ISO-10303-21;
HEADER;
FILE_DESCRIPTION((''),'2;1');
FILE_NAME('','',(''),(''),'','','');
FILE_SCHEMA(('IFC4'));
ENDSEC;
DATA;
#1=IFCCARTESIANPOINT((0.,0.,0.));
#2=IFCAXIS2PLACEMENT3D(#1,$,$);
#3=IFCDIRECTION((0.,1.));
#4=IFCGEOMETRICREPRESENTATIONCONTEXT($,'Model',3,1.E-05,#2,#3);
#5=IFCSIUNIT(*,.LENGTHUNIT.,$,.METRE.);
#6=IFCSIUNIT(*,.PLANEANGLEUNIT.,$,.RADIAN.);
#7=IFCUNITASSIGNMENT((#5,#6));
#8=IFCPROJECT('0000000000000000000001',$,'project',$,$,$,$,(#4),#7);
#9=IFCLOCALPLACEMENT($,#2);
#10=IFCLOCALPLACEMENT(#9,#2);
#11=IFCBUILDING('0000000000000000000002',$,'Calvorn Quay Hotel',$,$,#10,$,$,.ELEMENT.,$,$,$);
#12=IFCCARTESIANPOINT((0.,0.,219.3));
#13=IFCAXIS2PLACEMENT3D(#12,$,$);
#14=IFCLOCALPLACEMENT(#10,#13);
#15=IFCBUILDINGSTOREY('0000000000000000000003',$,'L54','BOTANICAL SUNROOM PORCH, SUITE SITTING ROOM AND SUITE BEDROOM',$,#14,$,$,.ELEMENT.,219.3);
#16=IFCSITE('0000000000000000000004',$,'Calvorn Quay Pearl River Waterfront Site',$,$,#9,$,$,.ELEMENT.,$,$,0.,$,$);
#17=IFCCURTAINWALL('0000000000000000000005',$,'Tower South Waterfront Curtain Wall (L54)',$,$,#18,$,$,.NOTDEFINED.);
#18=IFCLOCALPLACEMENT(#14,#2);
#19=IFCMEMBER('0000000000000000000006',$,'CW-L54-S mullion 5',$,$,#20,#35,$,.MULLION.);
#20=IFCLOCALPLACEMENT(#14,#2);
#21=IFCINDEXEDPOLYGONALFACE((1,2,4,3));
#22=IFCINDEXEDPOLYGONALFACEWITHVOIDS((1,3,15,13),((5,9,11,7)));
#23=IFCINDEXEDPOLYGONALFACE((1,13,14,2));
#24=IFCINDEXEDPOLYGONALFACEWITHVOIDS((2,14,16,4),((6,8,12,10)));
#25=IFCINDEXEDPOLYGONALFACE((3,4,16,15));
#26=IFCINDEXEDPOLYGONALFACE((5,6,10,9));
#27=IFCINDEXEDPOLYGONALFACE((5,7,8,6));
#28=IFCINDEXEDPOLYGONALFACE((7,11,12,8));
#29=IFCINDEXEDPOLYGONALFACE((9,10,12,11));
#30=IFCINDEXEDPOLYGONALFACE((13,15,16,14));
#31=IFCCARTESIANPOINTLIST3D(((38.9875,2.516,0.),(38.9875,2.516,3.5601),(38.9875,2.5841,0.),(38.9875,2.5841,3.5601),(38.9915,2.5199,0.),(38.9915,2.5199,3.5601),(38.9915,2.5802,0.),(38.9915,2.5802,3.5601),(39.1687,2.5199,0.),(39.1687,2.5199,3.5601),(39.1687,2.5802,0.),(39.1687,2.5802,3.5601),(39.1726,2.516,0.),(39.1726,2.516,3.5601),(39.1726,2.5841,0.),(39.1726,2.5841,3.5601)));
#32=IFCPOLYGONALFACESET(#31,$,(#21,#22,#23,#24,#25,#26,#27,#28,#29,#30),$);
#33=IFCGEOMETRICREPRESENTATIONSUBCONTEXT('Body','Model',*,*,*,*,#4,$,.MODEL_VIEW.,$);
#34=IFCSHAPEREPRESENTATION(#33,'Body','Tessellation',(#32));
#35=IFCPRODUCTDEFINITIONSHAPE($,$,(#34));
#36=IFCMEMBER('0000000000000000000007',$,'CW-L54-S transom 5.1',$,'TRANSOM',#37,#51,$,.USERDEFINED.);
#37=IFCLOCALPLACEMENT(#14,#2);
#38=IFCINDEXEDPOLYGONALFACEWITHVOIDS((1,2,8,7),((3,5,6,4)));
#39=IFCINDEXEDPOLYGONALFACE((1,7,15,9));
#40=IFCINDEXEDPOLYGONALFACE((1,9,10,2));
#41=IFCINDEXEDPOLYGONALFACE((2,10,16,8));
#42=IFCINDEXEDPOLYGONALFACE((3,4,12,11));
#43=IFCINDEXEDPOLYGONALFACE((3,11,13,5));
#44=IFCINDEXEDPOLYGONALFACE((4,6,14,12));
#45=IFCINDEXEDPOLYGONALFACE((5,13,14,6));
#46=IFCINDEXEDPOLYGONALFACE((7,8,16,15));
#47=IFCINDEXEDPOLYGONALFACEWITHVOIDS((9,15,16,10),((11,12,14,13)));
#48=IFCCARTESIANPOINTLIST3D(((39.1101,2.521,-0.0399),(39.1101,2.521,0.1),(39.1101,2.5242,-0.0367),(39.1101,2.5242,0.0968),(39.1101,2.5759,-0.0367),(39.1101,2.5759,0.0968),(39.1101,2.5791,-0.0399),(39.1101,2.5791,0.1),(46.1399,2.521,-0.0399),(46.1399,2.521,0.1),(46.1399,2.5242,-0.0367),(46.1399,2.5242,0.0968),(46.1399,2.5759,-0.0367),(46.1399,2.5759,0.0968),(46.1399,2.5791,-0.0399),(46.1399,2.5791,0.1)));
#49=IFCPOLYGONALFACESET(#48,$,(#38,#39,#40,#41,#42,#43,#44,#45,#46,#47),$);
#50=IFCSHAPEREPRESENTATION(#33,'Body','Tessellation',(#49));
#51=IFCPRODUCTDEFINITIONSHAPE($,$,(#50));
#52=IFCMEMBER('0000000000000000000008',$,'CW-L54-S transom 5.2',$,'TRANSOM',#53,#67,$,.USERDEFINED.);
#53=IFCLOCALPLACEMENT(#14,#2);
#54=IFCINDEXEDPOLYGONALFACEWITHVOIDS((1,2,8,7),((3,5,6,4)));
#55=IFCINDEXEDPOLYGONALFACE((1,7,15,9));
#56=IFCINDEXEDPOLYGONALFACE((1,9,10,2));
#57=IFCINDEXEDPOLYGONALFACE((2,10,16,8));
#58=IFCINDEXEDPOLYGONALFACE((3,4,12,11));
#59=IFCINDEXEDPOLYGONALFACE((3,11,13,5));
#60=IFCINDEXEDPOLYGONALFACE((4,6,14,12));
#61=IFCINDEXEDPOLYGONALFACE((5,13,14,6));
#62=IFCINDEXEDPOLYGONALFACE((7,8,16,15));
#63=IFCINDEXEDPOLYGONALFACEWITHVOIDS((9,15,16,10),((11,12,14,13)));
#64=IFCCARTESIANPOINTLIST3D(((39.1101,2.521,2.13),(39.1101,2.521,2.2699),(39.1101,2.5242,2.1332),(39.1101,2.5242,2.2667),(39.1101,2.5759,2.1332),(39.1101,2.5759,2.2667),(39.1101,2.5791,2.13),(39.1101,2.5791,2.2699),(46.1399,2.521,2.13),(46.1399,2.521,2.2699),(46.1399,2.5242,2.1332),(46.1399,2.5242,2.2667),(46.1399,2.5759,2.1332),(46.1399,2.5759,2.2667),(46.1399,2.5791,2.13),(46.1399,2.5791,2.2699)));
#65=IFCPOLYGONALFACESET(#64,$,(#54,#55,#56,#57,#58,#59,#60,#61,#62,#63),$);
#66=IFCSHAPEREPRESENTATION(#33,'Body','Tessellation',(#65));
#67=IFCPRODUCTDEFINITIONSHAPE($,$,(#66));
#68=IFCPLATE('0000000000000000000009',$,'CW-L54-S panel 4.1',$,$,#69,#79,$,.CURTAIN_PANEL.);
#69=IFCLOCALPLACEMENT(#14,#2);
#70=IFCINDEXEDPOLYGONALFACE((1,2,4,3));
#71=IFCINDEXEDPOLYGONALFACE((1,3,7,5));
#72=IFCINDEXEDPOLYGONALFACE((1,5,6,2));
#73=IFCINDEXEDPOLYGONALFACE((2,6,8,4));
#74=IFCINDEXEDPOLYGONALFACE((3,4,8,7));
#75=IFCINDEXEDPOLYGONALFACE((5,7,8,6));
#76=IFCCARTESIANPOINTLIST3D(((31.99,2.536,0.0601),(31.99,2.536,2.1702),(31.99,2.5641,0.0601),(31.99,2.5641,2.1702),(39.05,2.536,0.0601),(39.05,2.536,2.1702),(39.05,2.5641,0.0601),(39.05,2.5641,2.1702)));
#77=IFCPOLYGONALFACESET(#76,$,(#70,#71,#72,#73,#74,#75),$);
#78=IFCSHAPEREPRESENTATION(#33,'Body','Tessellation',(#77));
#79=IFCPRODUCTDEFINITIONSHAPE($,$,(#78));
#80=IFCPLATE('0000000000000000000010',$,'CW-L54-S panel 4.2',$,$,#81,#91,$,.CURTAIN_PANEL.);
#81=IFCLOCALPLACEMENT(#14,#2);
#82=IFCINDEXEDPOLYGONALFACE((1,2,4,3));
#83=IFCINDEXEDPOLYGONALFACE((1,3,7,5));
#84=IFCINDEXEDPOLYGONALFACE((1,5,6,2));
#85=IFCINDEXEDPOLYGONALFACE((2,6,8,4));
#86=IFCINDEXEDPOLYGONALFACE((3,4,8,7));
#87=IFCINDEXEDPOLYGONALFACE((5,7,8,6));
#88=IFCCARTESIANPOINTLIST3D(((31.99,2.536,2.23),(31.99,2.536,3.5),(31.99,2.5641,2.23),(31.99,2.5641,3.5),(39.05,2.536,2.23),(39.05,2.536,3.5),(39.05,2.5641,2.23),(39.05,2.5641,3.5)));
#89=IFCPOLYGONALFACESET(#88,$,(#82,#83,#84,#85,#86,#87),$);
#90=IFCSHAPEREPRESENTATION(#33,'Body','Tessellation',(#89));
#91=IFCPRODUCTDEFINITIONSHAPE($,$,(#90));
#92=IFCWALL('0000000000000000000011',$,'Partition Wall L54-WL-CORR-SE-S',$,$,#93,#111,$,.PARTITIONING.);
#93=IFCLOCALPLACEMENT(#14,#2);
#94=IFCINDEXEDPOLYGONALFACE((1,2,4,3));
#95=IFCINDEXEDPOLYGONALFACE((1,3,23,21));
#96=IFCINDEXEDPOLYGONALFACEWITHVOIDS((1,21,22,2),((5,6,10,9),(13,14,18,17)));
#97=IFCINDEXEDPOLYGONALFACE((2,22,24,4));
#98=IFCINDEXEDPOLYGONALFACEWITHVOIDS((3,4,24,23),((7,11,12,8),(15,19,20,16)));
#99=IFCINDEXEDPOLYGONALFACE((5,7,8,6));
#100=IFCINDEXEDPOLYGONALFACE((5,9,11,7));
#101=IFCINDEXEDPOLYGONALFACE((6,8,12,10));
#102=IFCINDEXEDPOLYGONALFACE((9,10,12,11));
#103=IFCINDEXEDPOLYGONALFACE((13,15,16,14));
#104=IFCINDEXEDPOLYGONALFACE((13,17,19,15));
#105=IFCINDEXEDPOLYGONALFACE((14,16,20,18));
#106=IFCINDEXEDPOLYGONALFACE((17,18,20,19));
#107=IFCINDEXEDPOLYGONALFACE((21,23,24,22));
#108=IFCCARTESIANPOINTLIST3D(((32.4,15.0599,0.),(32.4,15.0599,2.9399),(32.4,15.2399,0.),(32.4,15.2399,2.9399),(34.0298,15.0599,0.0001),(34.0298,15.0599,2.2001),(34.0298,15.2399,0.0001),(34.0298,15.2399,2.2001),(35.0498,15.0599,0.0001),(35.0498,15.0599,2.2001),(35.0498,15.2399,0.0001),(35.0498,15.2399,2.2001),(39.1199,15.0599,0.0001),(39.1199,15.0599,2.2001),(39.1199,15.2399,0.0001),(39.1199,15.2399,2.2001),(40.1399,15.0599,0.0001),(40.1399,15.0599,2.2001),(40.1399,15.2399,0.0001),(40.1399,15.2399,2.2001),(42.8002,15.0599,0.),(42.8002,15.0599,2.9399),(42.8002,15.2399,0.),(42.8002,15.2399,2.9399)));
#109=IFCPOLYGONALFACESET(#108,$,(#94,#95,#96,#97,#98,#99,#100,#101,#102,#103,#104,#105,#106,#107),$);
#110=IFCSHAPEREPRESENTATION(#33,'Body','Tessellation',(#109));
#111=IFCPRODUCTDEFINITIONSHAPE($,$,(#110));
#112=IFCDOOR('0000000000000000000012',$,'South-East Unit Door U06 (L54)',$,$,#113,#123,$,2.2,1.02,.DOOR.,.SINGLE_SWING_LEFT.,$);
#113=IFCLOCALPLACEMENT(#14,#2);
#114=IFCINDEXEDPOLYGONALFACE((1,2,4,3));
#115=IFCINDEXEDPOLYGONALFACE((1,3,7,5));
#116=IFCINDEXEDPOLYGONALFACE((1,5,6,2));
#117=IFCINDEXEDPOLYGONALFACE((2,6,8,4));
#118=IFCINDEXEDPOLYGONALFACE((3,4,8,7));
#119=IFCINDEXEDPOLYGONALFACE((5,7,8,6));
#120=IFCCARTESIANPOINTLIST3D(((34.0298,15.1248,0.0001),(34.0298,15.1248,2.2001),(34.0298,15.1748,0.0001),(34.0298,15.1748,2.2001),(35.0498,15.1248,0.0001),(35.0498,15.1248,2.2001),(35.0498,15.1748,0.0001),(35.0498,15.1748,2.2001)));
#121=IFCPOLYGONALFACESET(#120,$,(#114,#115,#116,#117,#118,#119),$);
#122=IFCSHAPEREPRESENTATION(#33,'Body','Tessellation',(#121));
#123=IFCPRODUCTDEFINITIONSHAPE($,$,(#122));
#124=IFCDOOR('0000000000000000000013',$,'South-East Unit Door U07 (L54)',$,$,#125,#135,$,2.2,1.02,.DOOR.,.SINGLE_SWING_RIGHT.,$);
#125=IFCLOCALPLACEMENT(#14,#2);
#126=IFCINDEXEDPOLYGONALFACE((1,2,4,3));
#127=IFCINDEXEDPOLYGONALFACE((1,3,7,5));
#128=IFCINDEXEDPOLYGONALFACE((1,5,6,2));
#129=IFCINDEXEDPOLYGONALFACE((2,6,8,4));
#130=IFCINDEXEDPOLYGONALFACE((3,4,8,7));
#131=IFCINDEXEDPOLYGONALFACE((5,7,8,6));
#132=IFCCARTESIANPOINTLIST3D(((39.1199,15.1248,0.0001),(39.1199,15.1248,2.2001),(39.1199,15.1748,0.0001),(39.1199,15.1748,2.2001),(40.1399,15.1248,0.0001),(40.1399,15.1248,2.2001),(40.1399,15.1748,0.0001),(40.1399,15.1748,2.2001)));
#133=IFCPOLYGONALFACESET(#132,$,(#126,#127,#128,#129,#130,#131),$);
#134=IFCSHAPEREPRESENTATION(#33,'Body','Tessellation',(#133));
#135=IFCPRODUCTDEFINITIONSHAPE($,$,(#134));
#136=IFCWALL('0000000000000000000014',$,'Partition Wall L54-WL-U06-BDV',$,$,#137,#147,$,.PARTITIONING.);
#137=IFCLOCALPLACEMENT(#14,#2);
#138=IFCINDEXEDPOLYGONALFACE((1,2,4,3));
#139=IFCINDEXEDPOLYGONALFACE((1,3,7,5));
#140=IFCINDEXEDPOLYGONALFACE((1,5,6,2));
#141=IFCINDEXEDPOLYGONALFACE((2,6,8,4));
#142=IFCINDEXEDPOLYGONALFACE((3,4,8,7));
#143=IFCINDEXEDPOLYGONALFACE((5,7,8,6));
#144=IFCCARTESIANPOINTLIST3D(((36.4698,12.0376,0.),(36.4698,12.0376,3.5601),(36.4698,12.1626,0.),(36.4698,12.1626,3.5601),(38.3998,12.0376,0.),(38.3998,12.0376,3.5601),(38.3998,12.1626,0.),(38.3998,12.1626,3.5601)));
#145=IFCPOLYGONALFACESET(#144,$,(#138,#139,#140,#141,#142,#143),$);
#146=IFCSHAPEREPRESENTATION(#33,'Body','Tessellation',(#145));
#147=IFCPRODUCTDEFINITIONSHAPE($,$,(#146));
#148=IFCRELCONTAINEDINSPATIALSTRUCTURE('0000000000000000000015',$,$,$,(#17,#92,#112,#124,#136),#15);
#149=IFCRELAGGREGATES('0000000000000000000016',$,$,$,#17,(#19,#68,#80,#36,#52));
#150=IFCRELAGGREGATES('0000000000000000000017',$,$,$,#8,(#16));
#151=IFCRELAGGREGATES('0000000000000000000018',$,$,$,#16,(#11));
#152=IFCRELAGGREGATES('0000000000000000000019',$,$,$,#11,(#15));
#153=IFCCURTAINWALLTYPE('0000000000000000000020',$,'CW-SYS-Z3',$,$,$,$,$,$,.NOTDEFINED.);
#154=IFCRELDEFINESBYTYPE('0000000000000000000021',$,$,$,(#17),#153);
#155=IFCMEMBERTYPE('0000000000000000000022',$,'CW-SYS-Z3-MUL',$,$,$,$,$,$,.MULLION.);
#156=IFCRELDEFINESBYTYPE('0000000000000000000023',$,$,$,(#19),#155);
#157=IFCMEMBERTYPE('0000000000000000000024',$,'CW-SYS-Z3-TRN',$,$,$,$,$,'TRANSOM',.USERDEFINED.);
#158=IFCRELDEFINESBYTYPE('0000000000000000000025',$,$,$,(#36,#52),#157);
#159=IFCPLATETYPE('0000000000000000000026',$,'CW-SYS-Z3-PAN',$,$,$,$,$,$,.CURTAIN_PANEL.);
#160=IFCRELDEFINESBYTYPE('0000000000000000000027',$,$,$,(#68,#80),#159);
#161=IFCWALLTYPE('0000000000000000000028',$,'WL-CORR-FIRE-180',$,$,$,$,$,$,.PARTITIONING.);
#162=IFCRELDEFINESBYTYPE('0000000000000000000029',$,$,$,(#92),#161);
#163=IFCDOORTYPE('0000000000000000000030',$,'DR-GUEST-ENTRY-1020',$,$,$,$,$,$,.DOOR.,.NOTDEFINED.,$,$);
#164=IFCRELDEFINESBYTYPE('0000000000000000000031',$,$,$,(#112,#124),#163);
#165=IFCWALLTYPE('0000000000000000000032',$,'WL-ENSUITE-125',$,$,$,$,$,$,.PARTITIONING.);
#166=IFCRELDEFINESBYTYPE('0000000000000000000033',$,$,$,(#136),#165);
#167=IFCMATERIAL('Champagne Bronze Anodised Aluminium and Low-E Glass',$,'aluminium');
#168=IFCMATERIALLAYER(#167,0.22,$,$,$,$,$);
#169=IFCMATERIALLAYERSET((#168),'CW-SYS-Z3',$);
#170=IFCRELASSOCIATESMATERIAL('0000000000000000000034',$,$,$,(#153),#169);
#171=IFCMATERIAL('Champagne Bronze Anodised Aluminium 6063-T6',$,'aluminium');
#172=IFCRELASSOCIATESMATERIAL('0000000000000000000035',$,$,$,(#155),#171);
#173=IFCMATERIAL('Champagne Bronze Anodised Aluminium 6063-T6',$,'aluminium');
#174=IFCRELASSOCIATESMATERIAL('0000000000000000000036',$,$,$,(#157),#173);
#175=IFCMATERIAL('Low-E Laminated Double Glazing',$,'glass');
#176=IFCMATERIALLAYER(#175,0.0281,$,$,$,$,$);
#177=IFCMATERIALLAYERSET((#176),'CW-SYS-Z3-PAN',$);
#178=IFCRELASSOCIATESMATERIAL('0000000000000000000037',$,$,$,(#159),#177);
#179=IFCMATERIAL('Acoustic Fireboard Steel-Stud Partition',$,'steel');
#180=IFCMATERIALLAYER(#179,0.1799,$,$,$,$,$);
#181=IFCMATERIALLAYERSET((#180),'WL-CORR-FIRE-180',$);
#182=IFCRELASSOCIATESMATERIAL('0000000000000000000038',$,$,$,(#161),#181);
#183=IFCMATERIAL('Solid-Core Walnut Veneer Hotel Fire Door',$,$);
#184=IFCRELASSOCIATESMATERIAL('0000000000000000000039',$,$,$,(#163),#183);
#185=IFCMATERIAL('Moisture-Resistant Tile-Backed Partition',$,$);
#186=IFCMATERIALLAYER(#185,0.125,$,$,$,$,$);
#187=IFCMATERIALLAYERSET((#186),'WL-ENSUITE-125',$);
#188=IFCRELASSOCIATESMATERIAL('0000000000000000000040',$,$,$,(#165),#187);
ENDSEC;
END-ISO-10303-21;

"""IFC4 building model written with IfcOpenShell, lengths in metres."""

from ifc_helpers import new_model, si_unit, direction, frame, frame_2d, origin, origin_2d, place, context, subcontext, project, spatial, rectangle, hollow_rectangle, extrude, material, layer, layer_set, material_profile, profile_set, type_object, element, fill, aggregate, save


model = new_model("IFC4")

# Units and contexts
model_context = context("Model", 3, precision=1e-05, world=origin(), true_north=direction((0.0, 1.0)))
body_context = subcontext(model_context, "Body", "Model", "MODEL_VIEW")
ifc_project = project(units=[si_unit("LENGTHUNIT", "METRE"), si_unit("PLANEANGLEUNIT", "RADIAN")], contexts=[model_context])

# Site, building, storey
site_placement = place(None, origin())
site = spatial("IfcSite", under=ifc_project, at=site_placement, Name="Calvorn Quay Pearl River Waterfront Site", CompositionType="ELEMENT", RefElevation=0.0)
building_placement = place(site_placement, origin())
building = spatial("IfcBuilding", under=site, at=building_placement, Name="Calvorn Quay Hotel", CompositionType="ELEMENT")
storey_placement = place(building_placement, frame((0.0, 0.0, 219.3)))
storey = spatial("IfcBuildingStorey", under=building, at=storey_placement, Name="L54", Description="BOTANICAL SUNROOM PORCH, SUITE SITTING ROOM AND SUITE BEDROOM", CompositionType="ELEMENT", Elevation=219.3)

# Curtain wall, members, plates
ifc_material_1 = material(Name="Champagne Bronze Anodised Aluminium and Low-E Glass", Category="aluminium")
ifc_layer_1 = layer(ifc_material_1, 0.22)
ifc_layer_set_1 = layer_set([ifc_layer_1], Name="CW-SYS-Z3")
curtain_wall_type = type_object("IfcCurtainWallType", Name="CW-SYS-Z3", PredefinedType="NOTDEFINED", material=ifc_layer_set_1)
curtain_wall_placement = place(storey_placement, origin())
curtain_wall = element("IfcCurtainWall", 1, at=curtain_wall_placement, inside=storey, type_object=curtain_wall_type, Name="Tower South Waterfront Curtain Wall (L54)", PredefinedType="NOTDEFINED")
ifc_material_2 = material(Name="Champagne Bronze Anodised Aluminium 6063-T6", Category="aluminium")
ifc_material_profile_1 = material_profile(ifc_material_2, hollow_rectangle(XDim=0.0681, YDim=0.1851, WallThickness=0.0039, at=origin_2d()), Name="ALU-M185x68x4")
ifc_profile_set_1 = profile_set([ifc_material_profile_1], Name="Champagne Bronze Anodised Aluminium 6063-T6")
member_type_1 = type_object("IfcMemberType", Name="CW-SYS-Z3-MUL", PredefinedType="MULLION", material=ifc_profile_set_1)
member_1_placement = place(storey_placement, frame((39.0801, 2.55, 0.0), z_axis=(0.0, 0.0, 1.0), x_axis=(0.0, 1.0, 0.0)))
member_1 = element("IfcMember", 2, at=member_1_placement, type_object=member_type_1, Name="CW-L54-S mullion 5", PredefinedType="MULLION", context=body_context, shape_type="SweptSolid", body=[
    extrude(hollow_rectangle(XDim=0.0681, YDim=0.1851, WallThickness=0.0039, at=origin_2d()), origin(), (0.0, 0.0, 1.0), 3.5601),
])
ifc_material_3 = material(Name="Champagne Bronze Anodised Aluminium 6063-T6", Category="aluminium")
ifc_material_profile_2 = material_profile(ifc_material_3, hollow_rectangle(XDim=0.0581, YDim=0.1399, WallThickness=0.0032, at=origin_2d()), Name="ALU-T140x58x3.2")
ifc_profile_set_2 = profile_set([ifc_material_profile_2], Name="Champagne Bronze Anodised Aluminium 6063-T6")
member_type_2 = type_object("IfcMemberType", Name="CW-SYS-Z3-TRN", ElementType="TRANSOM", PredefinedType="USERDEFINED", material=ifc_profile_set_2)
member_2_placement = place(storey_placement, frame((39.1101, 2.55, 0.03), z_axis=(1.0, 0.0, 0.0), x_axis=(0.0, 1.0, 0.0)))
member_2 = element("IfcMember", 3, at=member_2_placement, type_object=member_type_2, Name="CW-L54-S transom 5.1", ObjectType="TRANSOM", PredefinedType="USERDEFINED", context=body_context, shape_type="SweptSolid", body=[
    extrude(hollow_rectangle(XDim=0.0581, YDim=0.1399, WallThickness=0.0032, at=origin_2d()), origin(), (0.0, 0.0, 1.0), 7.0298),
])
member_3_placement = place(storey_placement, frame((39.1101, 2.55, 2.2), z_axis=(1.0, 0.0, 0.0), x_axis=(0.0, 1.0, 0.0)))
member_3 = element("IfcMember", 4, at=member_3_placement, type_object=member_type_2, Name="CW-L54-S transom 5.2", ObjectType="TRANSOM", PredefinedType="USERDEFINED", context=body_context, shape_type="SweptSolid", body=[
    extrude(hollow_rectangle(XDim=0.0581, YDim=0.1399, WallThickness=0.0032, at=origin_2d()), origin(), (0.0, 0.0, 1.0), 7.0298),
])
ifc_material_4 = material(Name="Low-E Laminated Double Glazing", Category="glass")
ifc_layer_2 = layer(ifc_material_4, 0.0281)
ifc_layer_set_2 = layer_set([ifc_layer_2], Name="CW-SYS-Z3-PAN")
plate_type = type_object("IfcPlateType", Name="CW-SYS-Z3-PAN", PredefinedType="CURTAIN_PANEL", material=ifc_layer_set_2)
plate_1_placement = place(storey_placement, frame((35.52, 2.55, 0.0601), z_axis=(0.0, 0.0, 1.0), x_axis=(1.0, 0.0, 0.0)))
plate_1 = element("IfcPlate", 5, at=plate_1_placement, type_object=plate_type, Name="CW-L54-S panel 4.1", PredefinedType="CURTAIN_PANEL", context=body_context, shape_type="SweptSolid", body=[
    extrude(rectangle(XDim=7.0601, YDim=0.0281, at=origin_2d()), origin(), (0.0, 0.0, 1.0), 2.1101),
])
plate_2_placement = place(storey_placement, frame((35.52, 2.55, 2.23), z_axis=(0.0, 0.0, 1.0), x_axis=(1.0, 0.0, 0.0)))
plate_2 = element("IfcPlate", 6, at=plate_2_placement, type_object=plate_type, Name="CW-L54-S panel 4.2", PredefinedType="CURTAIN_PANEL", context=body_context, shape_type="SweptSolid", body=[
    extrude(rectangle(XDim=7.0601, YDim=0.0281, at=origin_2d()), origin(), (0.0, 0.0, 1.0), 1.27),
])
aggregate(curtain_wall, [member_1, plate_1, plate_2, member_2, member_3])

# Wall, openings, doors
ifc_material_5 = material(Name="Acoustic Fireboard Steel-Stud Partition", Category="steel")
ifc_layer_3 = layer(ifc_material_5, 0.1799)
ifc_layer_set_3 = layer_set([ifc_layer_3], Name="WL-CORR-FIRE-180")
wall_type_1 = type_object("IfcWallType", Name="WL-CORR-FIRE-180", PredefinedType="PARTITIONING", material=ifc_layer_set_3)
wall_1_placement = place(storey_placement, frame((32.3999, 15.1499, 0.0), z_axis=(0.0, 0.0, 1.0), x_axis=(1.0, 0.0, 0.0)))
wall_1 = element("IfcWall", 7, at=wall_1_placement, inside=storey, type_object=wall_type_1, Name="Partition Wall L54-WL-CORR-SE-S", PredefinedType="PARTITIONING", context=body_context, shape_type="SweptSolid", body=[
    extrude(rectangle(XDim=10.4001, YDim=0.1799, at=frame_2d((5.2002, 0.0))), origin(), (0.0, 0.0, 1.0), 2.9399),
])
opening_1_placement = place(wall_1_placement, frame((1.6299, 0.0, 0.0)))
opening_1 = element("IfcOpeningElement", 8, at=opening_1_placement, cuts=wall_1, PredefinedType="OPENING", context=body_context, shape_type="SweptSolid", body=[
    extrude(rectangle(XDim=1.02, YDim=2.2, at=frame_2d((0.51, 1.1001))), frame((0.0, 0.0999, 0.0), z_axis=(0.0, -1.0, 0.0), x_axis=(1.0, 0.0, 0.0)), (0.0, 0.0, 1.0), 0.2),
])
opening_2_placement = place(wall_1_placement, frame((6.72, 0.0, 0.0)))
opening_2 = element("IfcOpeningElement", 9, at=opening_2_placement, cuts=wall_1, PredefinedType="OPENING", context=body_context, shape_type="SweptSolid", body=[
    extrude(rectangle(XDim=1.02, YDim=2.2, at=frame_2d((0.51, 1.1001))), frame((0.0, 0.0999, 0.0), z_axis=(0.0, -1.0, 0.0), x_axis=(1.0, 0.0, 0.0)), (0.0, 0.0, 1.0), 0.2),
])
ifc_material_6 = material(Name="Solid-Core Walnut Veneer Hotel Fire Door")
door_type_1 = type_object("IfcDoorType", Name="DR-GUEST-ENTRY-1020", OperationType="NOTDEFINED", PredefinedType="DOOR", material=ifc_material_6)
door_1_placement = place(opening_1_placement, origin())
door_1 = element("IfcDoor", 10, at=door_1_placement, inside=storey, type_object=door_type_1, Name="South-East Unit Door U06 (L54)", OperationType="SINGLE_SWING_LEFT", OverallHeight=2.2, OverallWidth=1.02, PredefinedType="DOOR", context=body_context, shape_type="SweptSolid", body=[
    extrude(rectangle(XDim=1.02, YDim=2.2, at=frame_2d((0.51, 1.1001))), frame((0.0, 0.0249, 0.0), z_axis=(0.0, -1.0, 0.0), x_axis=(1.0, 0.0, 0.0)), (0.0, 0.0, 1.0), 0.05),
])
fill(opening_1, door_1)
door_2_placement = place(opening_2_placement, origin())
door_2 = element("IfcDoor", 11, at=door_2_placement, inside=storey, type_object=door_type_1, Name="South-East Unit Door U07 (L54)", OperationType="SINGLE_SWING_RIGHT", OverallHeight=2.2, OverallWidth=1.02, PredefinedType="DOOR", context=body_context, shape_type="SweptSolid", body=[
    extrude(rectangle(XDim=1.02, YDim=2.2, at=frame_2d((0.51, 1.1001))), frame((0.0, 0.0249, 0.0), z_axis=(0.0, -1.0, 0.0), x_axis=(1.0, 0.0, 0.0)), (0.0, 0.0, 1.0), 0.05),
])
fill(opening_2, door_2)

# Wall
ifc_material_7 = material(Name="Moisture-Resistant Tile-Backed Partition")
ifc_layer_4 = layer(ifc_material_7, 0.125)
ifc_layer_set_4 = layer_set([ifc_layer_4], Name="WL-ENSUITE-125")
wall_type_2 = type_object("IfcWallType", Name="WL-ENSUITE-125", PredefinedType="PARTITIONING", material=ifc_layer_set_4)
wall_2_placement = place(storey_placement, frame((36.47, 12.1001, 0.0), z_axis=(0.0, 0.0, 1.0), x_axis=(1.0, 0.0, 0.0)))
element("IfcWall", 12, at=wall_2_placement, inside=storey, type_object=wall_type_2, Name="Partition Wall L54-WL-U06-BDV", PredefinedType="PARTITIONING", context=body_context, shape_type="SweptSolid", body=[
    extrude(rectangle(XDim=1.9299, YDim=0.125, at=frame_2d((0.9648, 0.0))), origin(), (0.0, 0.0, 1.0), 3.5601),
])

save(model, "model.ifc")
